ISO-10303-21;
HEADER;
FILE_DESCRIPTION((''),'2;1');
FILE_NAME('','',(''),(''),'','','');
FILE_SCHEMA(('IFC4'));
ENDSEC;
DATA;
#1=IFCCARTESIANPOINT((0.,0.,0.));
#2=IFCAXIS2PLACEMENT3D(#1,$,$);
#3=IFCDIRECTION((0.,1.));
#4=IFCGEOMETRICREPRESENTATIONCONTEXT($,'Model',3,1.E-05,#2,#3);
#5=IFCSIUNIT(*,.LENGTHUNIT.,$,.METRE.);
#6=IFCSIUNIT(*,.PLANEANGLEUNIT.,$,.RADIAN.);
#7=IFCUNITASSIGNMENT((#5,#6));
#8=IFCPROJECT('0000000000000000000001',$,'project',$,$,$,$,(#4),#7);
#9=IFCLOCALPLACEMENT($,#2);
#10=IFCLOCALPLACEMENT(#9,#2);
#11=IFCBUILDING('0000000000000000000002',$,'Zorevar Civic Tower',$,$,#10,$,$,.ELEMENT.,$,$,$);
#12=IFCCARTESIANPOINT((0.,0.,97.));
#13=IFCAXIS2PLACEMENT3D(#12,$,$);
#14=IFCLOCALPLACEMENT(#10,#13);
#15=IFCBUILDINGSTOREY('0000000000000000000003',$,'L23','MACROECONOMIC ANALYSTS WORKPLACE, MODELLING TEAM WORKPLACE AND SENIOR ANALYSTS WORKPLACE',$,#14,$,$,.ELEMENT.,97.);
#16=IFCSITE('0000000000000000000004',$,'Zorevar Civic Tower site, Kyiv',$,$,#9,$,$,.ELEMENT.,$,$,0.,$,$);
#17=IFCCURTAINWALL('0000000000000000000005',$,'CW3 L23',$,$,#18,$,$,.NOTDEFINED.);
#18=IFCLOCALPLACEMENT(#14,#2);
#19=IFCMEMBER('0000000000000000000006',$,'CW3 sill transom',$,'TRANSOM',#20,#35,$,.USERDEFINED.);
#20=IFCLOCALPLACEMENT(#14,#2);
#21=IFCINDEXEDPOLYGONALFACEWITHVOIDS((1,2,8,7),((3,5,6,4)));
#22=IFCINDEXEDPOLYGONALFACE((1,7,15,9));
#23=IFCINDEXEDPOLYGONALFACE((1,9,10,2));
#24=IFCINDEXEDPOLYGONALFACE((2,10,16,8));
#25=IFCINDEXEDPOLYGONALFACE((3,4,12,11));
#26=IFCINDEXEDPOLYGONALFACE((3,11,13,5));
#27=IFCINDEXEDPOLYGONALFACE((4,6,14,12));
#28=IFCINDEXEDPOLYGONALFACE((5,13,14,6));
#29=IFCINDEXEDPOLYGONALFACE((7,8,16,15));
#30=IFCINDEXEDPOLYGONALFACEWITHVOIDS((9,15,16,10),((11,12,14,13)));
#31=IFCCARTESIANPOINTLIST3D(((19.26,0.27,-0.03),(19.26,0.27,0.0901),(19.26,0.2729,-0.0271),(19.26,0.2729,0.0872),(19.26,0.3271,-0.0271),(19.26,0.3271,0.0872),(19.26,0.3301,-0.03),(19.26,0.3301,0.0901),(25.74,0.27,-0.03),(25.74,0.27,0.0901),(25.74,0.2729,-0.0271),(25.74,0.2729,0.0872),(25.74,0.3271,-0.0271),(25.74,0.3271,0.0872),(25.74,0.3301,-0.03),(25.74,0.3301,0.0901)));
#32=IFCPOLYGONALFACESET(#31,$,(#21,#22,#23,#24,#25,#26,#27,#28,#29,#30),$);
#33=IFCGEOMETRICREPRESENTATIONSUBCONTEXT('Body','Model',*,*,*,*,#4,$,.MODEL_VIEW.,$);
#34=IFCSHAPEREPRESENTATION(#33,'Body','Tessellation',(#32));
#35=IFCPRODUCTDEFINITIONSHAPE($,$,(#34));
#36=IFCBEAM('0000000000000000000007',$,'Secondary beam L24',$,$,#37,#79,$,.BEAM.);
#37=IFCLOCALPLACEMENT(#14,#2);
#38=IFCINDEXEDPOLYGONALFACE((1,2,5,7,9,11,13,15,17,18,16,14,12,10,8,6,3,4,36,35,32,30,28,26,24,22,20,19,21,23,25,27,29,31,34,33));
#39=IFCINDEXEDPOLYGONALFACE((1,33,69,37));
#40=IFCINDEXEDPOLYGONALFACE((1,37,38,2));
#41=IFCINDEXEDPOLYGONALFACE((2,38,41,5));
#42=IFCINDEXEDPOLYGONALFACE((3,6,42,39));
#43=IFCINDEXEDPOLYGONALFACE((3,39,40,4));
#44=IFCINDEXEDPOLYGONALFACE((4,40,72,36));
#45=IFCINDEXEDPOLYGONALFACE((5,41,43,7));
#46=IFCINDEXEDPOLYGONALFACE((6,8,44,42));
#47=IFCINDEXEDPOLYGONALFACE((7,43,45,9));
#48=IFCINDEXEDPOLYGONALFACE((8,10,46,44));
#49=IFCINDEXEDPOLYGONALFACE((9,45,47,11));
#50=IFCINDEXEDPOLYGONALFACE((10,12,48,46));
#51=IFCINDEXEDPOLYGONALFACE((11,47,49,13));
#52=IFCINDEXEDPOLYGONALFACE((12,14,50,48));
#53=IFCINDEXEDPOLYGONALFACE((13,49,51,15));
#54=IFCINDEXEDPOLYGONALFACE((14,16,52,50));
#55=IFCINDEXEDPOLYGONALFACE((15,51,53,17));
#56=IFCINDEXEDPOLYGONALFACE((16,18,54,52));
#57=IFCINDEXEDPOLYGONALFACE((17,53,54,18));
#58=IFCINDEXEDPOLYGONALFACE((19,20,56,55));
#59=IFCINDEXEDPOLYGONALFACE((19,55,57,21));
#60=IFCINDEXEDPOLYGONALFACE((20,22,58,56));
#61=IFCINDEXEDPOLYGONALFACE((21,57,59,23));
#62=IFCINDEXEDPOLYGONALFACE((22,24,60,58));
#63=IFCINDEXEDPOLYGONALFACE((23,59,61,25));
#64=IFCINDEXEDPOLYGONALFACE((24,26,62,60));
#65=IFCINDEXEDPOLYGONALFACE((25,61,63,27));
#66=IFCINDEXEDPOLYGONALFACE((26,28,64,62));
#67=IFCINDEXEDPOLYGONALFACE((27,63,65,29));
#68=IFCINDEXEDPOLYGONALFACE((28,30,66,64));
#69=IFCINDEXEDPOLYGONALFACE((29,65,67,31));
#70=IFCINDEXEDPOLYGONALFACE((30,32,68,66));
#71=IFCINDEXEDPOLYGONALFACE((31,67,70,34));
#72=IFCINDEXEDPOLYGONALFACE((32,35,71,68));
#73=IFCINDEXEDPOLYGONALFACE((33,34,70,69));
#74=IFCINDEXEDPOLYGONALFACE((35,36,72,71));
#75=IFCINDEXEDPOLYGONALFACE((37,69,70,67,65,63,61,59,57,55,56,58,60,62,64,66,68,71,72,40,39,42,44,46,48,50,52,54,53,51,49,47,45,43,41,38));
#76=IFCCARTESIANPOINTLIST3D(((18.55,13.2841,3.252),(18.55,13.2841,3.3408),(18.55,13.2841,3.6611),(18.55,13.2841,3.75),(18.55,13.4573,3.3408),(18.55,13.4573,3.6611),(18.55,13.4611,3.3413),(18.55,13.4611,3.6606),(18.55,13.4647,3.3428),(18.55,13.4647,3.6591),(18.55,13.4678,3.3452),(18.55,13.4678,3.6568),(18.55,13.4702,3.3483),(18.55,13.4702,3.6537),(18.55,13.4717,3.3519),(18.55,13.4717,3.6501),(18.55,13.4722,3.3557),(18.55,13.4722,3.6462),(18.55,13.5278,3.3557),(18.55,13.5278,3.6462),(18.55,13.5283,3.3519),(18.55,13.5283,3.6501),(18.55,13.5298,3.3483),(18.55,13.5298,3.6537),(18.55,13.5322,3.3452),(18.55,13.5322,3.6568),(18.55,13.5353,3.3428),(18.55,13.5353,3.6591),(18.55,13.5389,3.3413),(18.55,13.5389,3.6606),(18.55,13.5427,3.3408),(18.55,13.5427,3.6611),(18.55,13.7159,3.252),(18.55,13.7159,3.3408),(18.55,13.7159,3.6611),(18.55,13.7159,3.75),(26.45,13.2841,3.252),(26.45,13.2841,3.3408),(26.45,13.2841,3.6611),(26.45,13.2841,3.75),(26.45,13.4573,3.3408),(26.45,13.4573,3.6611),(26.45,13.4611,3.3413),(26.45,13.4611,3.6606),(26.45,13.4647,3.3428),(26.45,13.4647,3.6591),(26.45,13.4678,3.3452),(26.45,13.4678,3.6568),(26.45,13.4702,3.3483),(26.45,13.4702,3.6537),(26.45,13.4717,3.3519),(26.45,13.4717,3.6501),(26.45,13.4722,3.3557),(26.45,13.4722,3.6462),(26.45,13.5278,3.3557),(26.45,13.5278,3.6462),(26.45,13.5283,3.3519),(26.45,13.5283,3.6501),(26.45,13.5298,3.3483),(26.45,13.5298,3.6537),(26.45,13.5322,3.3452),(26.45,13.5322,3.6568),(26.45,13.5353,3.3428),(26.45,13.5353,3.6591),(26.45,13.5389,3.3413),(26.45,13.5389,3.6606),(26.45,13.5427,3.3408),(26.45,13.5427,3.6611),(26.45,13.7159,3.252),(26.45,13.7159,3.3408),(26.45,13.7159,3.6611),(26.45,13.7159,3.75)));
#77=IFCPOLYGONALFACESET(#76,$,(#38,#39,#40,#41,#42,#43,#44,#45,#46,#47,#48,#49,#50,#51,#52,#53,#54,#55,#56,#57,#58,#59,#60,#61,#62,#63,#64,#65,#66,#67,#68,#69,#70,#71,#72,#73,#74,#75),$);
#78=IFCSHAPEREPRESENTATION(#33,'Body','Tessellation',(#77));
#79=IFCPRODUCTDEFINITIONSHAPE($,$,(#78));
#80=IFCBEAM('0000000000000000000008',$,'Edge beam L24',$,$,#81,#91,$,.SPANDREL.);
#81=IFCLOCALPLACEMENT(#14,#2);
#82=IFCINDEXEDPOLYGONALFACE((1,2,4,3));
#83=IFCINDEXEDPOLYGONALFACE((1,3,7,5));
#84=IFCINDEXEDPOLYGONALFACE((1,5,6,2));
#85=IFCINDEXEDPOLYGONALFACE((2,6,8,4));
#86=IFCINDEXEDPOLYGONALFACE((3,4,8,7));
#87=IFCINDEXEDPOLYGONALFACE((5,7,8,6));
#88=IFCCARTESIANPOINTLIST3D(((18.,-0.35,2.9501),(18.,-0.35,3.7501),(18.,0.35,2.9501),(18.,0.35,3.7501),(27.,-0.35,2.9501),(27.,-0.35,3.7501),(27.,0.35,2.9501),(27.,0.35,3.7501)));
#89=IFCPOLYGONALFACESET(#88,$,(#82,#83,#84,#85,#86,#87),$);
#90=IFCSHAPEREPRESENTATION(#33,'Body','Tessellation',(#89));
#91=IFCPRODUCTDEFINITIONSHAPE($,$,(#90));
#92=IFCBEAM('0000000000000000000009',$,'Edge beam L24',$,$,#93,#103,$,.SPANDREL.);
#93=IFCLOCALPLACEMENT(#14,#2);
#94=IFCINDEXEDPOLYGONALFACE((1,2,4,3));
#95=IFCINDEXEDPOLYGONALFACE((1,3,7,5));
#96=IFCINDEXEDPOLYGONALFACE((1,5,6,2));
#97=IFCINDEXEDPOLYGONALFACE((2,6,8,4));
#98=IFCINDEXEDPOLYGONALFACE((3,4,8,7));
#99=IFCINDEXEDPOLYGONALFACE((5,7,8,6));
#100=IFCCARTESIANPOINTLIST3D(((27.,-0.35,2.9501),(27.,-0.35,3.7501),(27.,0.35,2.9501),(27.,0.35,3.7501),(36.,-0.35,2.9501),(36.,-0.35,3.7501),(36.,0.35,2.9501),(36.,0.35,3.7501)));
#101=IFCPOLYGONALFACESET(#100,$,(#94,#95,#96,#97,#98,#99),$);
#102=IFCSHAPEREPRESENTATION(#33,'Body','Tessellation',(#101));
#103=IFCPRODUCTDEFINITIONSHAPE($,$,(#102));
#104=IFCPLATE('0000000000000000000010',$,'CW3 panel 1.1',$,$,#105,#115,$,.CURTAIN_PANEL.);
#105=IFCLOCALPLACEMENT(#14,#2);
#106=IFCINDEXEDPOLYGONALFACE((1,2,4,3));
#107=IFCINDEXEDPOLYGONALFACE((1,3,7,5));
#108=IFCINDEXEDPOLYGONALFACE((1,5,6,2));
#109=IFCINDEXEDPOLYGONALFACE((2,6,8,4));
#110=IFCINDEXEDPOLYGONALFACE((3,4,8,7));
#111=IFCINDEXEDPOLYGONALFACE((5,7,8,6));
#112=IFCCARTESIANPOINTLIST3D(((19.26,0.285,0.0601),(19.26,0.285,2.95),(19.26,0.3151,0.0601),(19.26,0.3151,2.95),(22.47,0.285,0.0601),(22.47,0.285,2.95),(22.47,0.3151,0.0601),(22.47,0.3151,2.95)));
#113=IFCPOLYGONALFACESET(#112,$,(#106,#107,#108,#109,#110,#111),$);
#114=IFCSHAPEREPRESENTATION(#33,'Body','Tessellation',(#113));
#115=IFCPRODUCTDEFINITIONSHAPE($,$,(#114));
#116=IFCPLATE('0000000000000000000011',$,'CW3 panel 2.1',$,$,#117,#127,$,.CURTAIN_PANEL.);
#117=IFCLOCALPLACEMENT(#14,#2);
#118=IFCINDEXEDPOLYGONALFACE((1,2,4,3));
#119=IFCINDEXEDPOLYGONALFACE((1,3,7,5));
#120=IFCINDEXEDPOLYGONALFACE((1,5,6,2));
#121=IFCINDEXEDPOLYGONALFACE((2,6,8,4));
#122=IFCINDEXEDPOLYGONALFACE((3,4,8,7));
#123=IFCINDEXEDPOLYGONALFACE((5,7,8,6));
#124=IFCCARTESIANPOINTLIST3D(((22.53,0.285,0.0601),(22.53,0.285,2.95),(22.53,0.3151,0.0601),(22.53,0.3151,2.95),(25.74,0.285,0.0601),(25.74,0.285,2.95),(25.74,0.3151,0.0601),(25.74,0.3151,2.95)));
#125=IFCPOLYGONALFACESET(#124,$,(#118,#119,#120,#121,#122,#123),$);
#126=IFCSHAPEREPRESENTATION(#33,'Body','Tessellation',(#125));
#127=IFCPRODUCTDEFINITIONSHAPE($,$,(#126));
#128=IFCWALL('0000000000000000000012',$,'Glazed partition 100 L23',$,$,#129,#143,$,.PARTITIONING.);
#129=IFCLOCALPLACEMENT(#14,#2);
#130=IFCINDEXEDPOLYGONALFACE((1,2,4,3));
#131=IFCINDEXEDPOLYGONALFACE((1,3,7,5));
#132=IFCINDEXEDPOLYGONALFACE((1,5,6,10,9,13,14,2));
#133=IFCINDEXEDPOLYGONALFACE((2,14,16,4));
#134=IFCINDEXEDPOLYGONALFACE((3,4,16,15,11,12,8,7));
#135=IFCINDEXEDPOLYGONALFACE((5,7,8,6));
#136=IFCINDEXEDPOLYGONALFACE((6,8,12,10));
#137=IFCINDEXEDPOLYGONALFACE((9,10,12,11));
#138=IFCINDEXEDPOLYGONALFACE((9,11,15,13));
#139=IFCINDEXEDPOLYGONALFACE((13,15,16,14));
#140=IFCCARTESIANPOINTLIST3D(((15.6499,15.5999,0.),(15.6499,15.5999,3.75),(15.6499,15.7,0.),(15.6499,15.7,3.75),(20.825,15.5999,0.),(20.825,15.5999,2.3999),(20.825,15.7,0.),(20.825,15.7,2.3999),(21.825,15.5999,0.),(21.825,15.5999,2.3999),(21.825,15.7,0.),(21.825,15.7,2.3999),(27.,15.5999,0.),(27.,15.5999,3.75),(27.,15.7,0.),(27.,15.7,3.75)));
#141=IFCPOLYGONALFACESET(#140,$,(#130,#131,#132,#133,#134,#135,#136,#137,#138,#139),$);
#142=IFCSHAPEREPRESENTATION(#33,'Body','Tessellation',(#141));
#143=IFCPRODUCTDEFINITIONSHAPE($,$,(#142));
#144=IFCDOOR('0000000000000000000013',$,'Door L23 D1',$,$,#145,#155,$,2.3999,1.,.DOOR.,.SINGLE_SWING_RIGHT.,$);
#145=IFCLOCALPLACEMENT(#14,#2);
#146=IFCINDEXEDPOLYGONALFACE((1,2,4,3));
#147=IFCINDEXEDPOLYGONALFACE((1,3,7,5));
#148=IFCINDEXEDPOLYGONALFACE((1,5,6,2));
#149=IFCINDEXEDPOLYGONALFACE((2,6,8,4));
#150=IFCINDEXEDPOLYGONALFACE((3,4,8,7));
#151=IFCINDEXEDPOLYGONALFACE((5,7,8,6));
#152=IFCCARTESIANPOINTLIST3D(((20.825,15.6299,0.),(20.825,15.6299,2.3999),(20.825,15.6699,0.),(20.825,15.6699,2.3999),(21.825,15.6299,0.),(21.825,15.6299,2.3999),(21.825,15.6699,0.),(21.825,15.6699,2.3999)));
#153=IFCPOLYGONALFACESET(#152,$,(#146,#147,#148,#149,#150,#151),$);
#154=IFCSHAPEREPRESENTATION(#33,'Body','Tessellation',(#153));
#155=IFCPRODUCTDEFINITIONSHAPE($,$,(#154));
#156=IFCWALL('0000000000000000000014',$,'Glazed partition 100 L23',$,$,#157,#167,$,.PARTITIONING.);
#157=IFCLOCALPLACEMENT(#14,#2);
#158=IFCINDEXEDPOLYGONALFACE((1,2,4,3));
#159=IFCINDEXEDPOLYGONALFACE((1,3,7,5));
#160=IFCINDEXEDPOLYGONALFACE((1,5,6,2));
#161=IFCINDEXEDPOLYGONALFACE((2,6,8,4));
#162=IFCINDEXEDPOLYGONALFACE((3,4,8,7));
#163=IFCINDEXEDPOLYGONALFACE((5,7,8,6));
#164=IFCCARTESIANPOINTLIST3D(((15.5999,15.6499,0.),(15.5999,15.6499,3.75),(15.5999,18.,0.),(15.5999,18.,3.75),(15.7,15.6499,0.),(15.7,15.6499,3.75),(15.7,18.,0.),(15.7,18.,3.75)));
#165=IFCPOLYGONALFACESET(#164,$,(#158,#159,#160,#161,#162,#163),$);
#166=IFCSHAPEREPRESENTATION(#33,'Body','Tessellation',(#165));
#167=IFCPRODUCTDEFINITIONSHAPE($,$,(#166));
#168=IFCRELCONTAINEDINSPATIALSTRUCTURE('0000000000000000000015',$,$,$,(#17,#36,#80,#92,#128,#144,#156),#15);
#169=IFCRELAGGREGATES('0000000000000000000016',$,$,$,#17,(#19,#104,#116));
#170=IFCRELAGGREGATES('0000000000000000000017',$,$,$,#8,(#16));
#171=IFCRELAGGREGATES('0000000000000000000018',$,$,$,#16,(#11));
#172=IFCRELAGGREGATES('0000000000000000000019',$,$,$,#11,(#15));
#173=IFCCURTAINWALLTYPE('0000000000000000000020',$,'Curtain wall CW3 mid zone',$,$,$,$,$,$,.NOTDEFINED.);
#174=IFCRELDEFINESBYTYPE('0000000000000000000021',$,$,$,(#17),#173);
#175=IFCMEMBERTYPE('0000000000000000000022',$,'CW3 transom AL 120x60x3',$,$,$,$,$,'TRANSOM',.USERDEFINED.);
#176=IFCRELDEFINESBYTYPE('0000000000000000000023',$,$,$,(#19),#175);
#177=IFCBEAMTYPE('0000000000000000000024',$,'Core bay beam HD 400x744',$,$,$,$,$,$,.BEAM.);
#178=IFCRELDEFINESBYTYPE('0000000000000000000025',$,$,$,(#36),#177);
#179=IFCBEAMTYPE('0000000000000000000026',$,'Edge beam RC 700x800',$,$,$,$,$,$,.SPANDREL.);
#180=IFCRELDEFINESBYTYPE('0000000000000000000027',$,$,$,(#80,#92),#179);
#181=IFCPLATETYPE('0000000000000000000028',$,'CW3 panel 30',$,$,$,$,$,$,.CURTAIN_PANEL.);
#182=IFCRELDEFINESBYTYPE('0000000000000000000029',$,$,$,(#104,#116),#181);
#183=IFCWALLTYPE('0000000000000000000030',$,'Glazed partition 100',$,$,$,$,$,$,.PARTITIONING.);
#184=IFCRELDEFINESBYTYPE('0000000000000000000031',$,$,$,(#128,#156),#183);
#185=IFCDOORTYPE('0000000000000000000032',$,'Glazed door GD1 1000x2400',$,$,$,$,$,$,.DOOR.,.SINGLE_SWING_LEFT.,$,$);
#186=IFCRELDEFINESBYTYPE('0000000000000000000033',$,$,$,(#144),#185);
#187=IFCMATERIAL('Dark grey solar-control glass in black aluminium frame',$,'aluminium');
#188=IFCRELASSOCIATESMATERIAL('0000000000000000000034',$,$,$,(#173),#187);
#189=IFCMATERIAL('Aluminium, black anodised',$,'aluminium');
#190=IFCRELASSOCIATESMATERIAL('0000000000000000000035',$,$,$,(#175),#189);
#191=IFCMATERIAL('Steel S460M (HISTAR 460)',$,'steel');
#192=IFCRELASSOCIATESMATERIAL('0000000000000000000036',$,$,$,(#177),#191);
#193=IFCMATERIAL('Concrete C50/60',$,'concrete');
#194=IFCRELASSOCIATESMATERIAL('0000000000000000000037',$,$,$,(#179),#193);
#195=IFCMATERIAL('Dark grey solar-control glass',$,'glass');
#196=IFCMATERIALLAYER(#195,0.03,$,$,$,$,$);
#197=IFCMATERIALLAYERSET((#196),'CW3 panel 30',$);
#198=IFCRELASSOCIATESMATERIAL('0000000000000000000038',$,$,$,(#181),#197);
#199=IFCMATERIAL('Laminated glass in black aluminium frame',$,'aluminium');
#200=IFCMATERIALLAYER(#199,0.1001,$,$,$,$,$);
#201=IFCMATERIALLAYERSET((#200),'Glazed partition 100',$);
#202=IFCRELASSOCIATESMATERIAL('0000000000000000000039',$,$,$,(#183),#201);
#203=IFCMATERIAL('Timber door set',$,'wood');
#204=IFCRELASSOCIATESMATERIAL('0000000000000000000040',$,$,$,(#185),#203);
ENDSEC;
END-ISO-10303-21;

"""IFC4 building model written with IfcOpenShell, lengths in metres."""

from ifc_helpers import new_model, si_unit, direction, frame, frame_2d, origin, origin_2d, place, context, subcontext, project, spatial, rectangle, hollow_rectangle, i_section, extrude, material, layer, layer_set, material_profile, profile_set, type_object, element, fill, aggregate, save


model = new_model("IFC4")

# Units and contexts
model_context = context("Model", 3, precision=1e-05, world=origin(), true_north=direction((0.0, 1.0)))
body_context = subcontext(model_context, "Body", "Model", "MODEL_VIEW")
ifc_project = project(units=[si_unit("LENGTHUNIT", "METRE"), si_unit("PLANEANGLEUNIT", "RADIAN")], contexts=[model_context])

# Site, building, storey
site_placement = place(None, origin())
site = spatial("IfcSite", under=ifc_project, at=site_placement, Name="Zorevar Civic Tower site, Kyiv", CompositionType="ELEMENT", RefElevation=0.0)
building_placement = place(site_placement, origin())
building = spatial("IfcBuilding", under=site, at=building_placement, Name="Zorevar Civic Tower", CompositionType="ELEMENT")
storey_placement = place(building_placement, frame((0.0, 0.0, 97.0)))
storey = spatial("IfcBuildingStorey", under=building, at=storey_placement, Name="L23", Description="MACROECONOMIC ANALYSTS WORKPLACE, MODELLING TEAM WORKPLACE AND SENIOR ANALYSTS WORKPLACE", CompositionType="ELEMENT", Elevation=97.0)

# Shared definitions
ifc_material_1 = material(Name="Dark grey solar-control glass in black aluminium frame", Category="aluminium")
curtain_wall_type = type_object("IfcCurtainWallType", Name="Curtain wall CW3 mid zone", PredefinedType="NOTDEFINED", material=ifc_material_1)

# Curtain wall, member
curtain_wall_1_placement = place(storey_placement, origin())
curtain_wall_1 = element("IfcCurtainWall", 1, at=curtain_wall_1_placement, inside=storey, type_object=curtain_wall_type, Name="CW3 L23", PredefinedType="NOTDEFINED")
ifc_material_2 = material(Name="Aluminium, black anodised", Category="aluminium")
ifc_material_profile_1 = material_profile(ifc_material_2, hollow_rectangle(XDim=0.0601, YDim=0.1201, WallThickness=0.0029, at=origin_2d()), Name="AL 120x60x3")
ifc_profile_set_1 = profile_set([ifc_material_profile_1], Name="Aluminium, black anodised")
member_type_1 = type_object("IfcMemberType", Name="CW3 transom AL 120x60x3", ElementType="TRANSOM", PredefinedType="USERDEFINED", material=ifc_profile_set_1)
member_1_placement = place(storey_placement, frame((19.26, 0.3, 0.03), z_axis=(1.0, 0.0, 0.0), x_axis=(0.0, 1.0, 0.0)))
member_1 = element("IfcMember", 2, at=member_1_placement, type_object=member_type_1, Name="CW3 sill transom", ObjectType="TRANSOM", PredefinedType="USERDEFINED", context=body_context, shape_type="SweptSolid", body=[
    extrude(hollow_rectangle(XDim=0.0601, YDim=0.1201, WallThickness=0.0029, at=origin_2d()), origin(), (0.0, 0.0, 1.0), 6.48),
])

# Beams
ifc_material_3 = material(Name="Steel S460M (HISTAR 460)", Category="steel")
ifc_material_profile_2 = material_profile(ifc_material_3, i_section(OverallWidth=0.4319, OverallDepth=0.498, WebThickness=0.0557, FlangeThickness=0.0889, FilletRadius=0.0149, at=origin_2d()), Name="HD 400x744")
ifc_profile_set_2 = profile_set([ifc_material_profile_2], Name="Steel S460M (HISTAR 460)")
beam_type_1 = type_object("IfcBeamType", Name="Core bay beam HD 400x744", PredefinedType="BEAM", material=ifc_profile_set_2)
beam_1_placement = place(storey_placement, frame((18.55, 13.5, 3.501), z_axis=(1.0, 0.0, 0.0), x_axis=(0.0, 1.0, 0.0)))
element("IfcBeam", 3, at=beam_1_placement, inside=storey, type_object=beam_type_1, Name="Secondary beam L24", PredefinedType="BEAM", context=body_context, shape_type="SweptSolid", body=[
    extrude(i_section(OverallWidth=0.4319, OverallDepth=0.498, WebThickness=0.0557, FlangeThickness=0.0889, FilletRadius=0.0149, at=origin_2d()), origin(), (0.0, 0.0, 1.0), 7.8999),
])
ifc_material_4 = material(Name="Concrete C50/60", Category="concrete")
ifc_material_profile_3 = material_profile(ifc_material_4, rectangle(XDim=0.7, YDim=0.8, at=origin_2d()), Name="RC 700x800")
ifc_profile_set_3 = profile_set([ifc_material_profile_3], Name="Concrete C50/60")
beam_type_2 = type_object("IfcBeamType", Name="Edge beam RC 700x800", PredefinedType="SPANDREL", material=ifc_profile_set_3)
for number, where, z_axis, x_axis, name in (
    (4, (18.0, 0.0, 3.3501), (1.0, 0.0, 0.0), (0.0, 1.0, 0.0), "Edge beam L24"),
    (5, (27.0, 0.0, 3.3501), (1.0, 0.0, 0.0), (0.0, 1.0, 0.0), "Edge beam L24"),
):
    element("IfcBeam", number, at=place(storey_placement, frame(where, z_axis=z_axis, x_axis=x_axis)), inside=storey, type_object=beam_type_2, Name=name, PredefinedType="SPANDREL", context=body_context, shape_type="SweptSolid", body=[
        extrude(rectangle(XDim=0.7, YDim=0.8, at=origin_2d()), origin(), (0.0, 0.0, 1.0), 9.0),
    ])

# Plates
ifc_material_5 = material(Name="Dark grey solar-control glass", Category="glass")
ifc_layer_1 = layer(ifc_material_5, 0.03)
ifc_layer_set_1 = layer_set([ifc_layer_1], Name="CW3 panel 30")
plate_type = type_object("IfcPlateType", Name="CW3 panel 30", PredefinedType="CURTAIN_PANEL", material=ifc_layer_set_1)
plate_1_placement = place(storey_placement, frame((20.865, 0.3, 0.0601), z_axis=(0.0, 0.0, 1.0), x_axis=(1.0, 0.0, 0.0)))
plate_1 = element("IfcPlate", 6, at=plate_1_placement, type_object=plate_type, Name="CW3 panel 1.1", PredefinedType="CURTAIN_PANEL", context=body_context, shape_type="SweptSolid", body=[
    extrude(rectangle(XDim=3.21, YDim=0.03, at=origin_2d()), origin(), (0.0, 0.0, 1.0), 2.8899),
])
plate_2_placement = place(storey_placement, frame((24.135, 0.3, 0.0601), z_axis=(0.0, 0.0, 1.0), x_axis=(1.0, 0.0, 0.0)))
plate_2 = element("IfcPlate", 7, at=plate_2_placement, type_object=plate_type, Name="CW3 panel 2.1", PredefinedType="CURTAIN_PANEL", context=body_context, shape_type="SweptSolid", body=[
    extrude(rectangle(XDim=3.21, YDim=0.03, at=origin_2d()), origin(), (0.0, 0.0, 1.0), 2.8899),
])
aggregate(curtain_wall_1, [member_1, plate_1, plate_2])

# Wall, opening, door
ifc_material_6 = material(Name="Laminated glass in black aluminium frame", Category="aluminium")
ifc_layer_2 = layer(ifc_material_6, 0.1001)
ifc_layer_set_2 = layer_set([ifc_layer_2], Name="Glazed partition 100")
wall_type_1 = type_object("IfcWallType", Name="Glazed partition 100", PredefinedType="PARTITIONING", material=ifc_layer_set_2)
wall_1_placement = place(storey_placement, frame((15.6499, 15.6499, 0.0), z_axis=(0.0, 0.0, 1.0), x_axis=(1.0, 0.0, 0.0)))
wall_1 = element("IfcWall", 8, at=wall_1_placement, inside=storey, type_object=wall_type_1, Name="Glazed partition 100 L23", PredefinedType="PARTITIONING", context=body_context, shape_type="SweptSolid", body=[
    extrude(rectangle(XDim=11.3501, YDim=0.1001, at=frame_2d((5.675, 0.0))), origin(), (0.0, 0.0, 1.0), 3.75),
])
opening_1_placement = place(wall_1_placement, frame((5.175, 0.0, 0.0)))
opening_1 = element("IfcOpeningElement", 9, at=opening_1_placement, cuts=wall_1, PredefinedType="OPENING", context=body_context, shape_type="SweptSolid", body=[
    extrude(rectangle(XDim=1.0, YDim=2.3999, at=frame_2d((0.5, 1.2))), frame((0.0, 0.0601, 0.0), z_axis=(0.0, -1.0, 0.0), x_axis=(1.0, 0.0, 0.0)), (0.0, 0.0, 1.0), 0.1201),
])
ifc_material_7 = material(Name="Timber door set", Category="wood")
door_type_1 = type_object("IfcDoorType", Name="Glazed door GD1 1000x2400", OperationType="SINGLE_SWING_LEFT", PredefinedType="DOOR", material=ifc_material_7)
door_1_placement = place(opening_1_placement, origin())
door_1 = element("IfcDoor", 10, at=door_1_placement, inside=storey, type_object=door_type_1, Name="Door L23 D1", OperationType="SINGLE_SWING_RIGHT", OverallHeight=2.3999, OverallWidth=1.0, PredefinedType="DOOR", context=body_context, shape_type="SweptSolid", body=[
    extrude(rectangle(XDim=1.0, YDim=2.3999, at=frame_2d((0.5, 1.2))), frame((0.0, 0.02, 0.0), z_axis=(0.0, -1.0, 0.0), x_axis=(1.0, 0.0, 0.0)), (0.0, 0.0, 1.0), 0.04),
])
fill(opening_1, door_1)

# Wall
wall_2_placement = place(storey_placement, frame((15.6499, 15.6499, 0.0), z_axis=(0.0, 0.0, 1.0), x_axis=(0.0, 1.0, 0.0)))
element("IfcWall", 11, at=wall_2_placement, inside=storey, type_object=wall_type_1, Name="Glazed partition 100 L23", PredefinedType="PARTITIONING", context=body_context, shape_type="SweptSolid", body=[
    extrude(rectangle(XDim=2.3501, YDim=0.1001, at=frame_2d((1.175, 0.0))), origin(), (0.0, 0.0, 1.0), 3.75),
])

save(model, "model.ifc")
